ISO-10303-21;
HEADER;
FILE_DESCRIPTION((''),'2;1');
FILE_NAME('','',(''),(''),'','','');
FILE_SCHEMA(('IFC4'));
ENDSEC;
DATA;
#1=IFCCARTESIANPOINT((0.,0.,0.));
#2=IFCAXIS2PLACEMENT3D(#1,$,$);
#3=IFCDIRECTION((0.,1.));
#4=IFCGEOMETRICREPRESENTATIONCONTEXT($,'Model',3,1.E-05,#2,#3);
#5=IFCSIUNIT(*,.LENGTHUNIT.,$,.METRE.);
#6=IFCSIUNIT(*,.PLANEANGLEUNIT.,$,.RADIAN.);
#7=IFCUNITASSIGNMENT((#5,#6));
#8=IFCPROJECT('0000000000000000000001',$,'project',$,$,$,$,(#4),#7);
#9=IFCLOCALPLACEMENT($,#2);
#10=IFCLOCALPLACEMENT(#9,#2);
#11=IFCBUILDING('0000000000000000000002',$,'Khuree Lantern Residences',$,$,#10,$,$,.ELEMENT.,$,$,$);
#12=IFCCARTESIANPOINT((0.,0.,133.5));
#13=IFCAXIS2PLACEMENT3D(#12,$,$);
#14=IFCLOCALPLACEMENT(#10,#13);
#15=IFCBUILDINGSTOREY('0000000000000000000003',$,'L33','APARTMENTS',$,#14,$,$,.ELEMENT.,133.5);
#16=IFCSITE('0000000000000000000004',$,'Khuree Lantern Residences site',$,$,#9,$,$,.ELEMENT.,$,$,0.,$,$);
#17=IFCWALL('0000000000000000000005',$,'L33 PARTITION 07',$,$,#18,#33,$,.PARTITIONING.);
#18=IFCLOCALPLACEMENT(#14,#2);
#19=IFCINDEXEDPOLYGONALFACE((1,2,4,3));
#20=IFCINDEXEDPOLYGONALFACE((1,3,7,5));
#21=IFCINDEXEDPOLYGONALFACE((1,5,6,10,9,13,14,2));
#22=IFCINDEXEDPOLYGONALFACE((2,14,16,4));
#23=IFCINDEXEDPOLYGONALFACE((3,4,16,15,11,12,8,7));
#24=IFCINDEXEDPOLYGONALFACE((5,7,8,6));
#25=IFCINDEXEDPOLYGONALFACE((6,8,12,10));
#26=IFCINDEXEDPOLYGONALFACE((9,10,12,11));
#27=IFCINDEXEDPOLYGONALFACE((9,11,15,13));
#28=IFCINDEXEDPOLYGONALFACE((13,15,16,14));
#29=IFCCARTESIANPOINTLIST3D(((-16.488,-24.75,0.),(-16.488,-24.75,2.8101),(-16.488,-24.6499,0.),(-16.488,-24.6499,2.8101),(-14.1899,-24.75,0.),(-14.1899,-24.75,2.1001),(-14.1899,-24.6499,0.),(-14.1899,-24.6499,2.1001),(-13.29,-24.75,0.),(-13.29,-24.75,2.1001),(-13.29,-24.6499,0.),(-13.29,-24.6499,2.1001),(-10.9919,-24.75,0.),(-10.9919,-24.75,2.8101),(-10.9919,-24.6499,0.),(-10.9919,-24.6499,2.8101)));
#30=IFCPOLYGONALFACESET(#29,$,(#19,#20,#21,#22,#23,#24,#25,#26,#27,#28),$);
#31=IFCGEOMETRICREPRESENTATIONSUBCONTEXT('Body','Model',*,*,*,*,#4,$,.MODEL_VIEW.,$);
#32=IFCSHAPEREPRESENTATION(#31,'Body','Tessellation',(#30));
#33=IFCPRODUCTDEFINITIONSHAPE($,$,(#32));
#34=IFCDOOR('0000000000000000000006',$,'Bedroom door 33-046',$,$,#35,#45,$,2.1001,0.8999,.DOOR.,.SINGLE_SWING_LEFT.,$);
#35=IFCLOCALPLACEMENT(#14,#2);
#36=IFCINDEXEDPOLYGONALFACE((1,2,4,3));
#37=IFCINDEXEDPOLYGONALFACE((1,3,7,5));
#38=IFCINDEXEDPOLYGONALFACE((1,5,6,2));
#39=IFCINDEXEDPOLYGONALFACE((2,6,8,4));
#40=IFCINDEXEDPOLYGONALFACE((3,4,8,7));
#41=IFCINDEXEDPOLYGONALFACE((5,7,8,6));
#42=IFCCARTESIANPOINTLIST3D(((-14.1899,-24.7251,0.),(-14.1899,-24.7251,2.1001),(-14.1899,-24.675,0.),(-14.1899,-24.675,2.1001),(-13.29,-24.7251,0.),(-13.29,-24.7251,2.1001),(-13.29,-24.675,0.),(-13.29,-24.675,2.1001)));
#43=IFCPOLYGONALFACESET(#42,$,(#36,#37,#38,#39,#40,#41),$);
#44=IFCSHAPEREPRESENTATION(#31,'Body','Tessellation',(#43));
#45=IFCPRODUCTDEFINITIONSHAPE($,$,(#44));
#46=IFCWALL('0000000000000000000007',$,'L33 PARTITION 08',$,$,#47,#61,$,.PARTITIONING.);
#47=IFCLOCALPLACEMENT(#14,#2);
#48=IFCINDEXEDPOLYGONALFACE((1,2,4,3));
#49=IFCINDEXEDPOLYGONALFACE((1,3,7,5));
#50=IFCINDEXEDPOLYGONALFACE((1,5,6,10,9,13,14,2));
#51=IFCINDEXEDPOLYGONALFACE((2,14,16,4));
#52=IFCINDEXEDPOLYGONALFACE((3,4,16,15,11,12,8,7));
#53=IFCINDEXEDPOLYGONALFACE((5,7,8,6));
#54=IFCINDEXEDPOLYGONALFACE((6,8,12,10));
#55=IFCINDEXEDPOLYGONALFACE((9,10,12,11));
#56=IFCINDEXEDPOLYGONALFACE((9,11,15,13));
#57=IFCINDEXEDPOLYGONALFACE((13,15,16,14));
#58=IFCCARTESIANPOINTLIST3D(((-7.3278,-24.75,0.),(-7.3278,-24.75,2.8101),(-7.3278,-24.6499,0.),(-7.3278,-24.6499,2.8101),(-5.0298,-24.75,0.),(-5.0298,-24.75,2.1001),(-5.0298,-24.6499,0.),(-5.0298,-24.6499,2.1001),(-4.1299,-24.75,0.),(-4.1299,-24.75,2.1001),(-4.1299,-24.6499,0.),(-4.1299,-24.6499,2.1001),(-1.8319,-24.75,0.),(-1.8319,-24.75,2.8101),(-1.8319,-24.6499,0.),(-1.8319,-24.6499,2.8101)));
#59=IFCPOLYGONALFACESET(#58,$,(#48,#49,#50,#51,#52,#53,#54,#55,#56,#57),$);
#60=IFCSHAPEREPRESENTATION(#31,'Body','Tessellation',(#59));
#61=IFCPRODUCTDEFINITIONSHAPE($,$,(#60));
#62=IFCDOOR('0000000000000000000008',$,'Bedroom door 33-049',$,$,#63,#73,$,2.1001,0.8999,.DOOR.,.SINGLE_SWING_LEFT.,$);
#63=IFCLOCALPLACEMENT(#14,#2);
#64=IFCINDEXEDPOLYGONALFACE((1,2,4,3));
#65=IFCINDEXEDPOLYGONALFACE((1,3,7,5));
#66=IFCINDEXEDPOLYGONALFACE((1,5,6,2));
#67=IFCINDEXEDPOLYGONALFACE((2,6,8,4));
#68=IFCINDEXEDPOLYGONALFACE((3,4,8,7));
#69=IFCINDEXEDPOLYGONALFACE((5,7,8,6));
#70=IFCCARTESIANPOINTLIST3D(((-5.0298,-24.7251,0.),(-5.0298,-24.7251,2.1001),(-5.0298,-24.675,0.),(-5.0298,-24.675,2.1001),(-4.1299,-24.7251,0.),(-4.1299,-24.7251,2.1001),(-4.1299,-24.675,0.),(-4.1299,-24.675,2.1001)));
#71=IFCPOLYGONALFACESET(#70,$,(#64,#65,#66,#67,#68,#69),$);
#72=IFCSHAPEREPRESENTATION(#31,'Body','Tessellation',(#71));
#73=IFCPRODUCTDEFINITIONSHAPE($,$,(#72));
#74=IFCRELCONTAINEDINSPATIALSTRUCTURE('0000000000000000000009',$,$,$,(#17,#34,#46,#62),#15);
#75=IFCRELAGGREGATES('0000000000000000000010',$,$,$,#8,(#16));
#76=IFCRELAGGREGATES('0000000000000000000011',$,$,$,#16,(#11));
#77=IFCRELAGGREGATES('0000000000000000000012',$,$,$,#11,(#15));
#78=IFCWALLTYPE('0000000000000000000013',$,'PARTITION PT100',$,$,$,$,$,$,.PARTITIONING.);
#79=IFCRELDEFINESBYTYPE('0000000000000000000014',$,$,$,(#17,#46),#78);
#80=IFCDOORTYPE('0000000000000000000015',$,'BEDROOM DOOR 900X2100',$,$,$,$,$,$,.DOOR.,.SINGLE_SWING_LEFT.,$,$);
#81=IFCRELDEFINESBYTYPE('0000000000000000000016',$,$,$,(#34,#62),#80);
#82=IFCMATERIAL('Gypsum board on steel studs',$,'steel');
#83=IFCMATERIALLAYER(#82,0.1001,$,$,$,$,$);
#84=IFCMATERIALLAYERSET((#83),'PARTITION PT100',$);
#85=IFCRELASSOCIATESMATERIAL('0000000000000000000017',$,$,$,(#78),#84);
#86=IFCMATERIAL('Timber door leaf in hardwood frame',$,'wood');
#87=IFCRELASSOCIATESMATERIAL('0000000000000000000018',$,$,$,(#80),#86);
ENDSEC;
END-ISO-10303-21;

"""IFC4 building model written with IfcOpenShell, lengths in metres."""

from ifc_helpers import new_model, si_unit, direction, frame, frame_2d, origin, place, context, subcontext, project, spatial, rectangle, extrude, material, layer, layer_set, type_object, element, fill, save


model = new_model("IFC4")

# Units and contexts
model_context = context("Model", 3, precision=1e-05, world=origin(), true_north=direction((0.0, 1.0)))
body_context = subcontext(model_context, "Body", "Model", "MODEL_VIEW")
ifc_project = project(units=[si_unit("LENGTHUNIT", "METRE"), si_unit("PLANEANGLEUNIT", "RADIAN")], contexts=[model_context])

# Site, building, storey
site_placement = place(None, origin())
site = spatial("IfcSite", under=ifc_project, at=site_placement, Name="Khuree Lantern Residences site", CompositionType="ELEMENT", RefElevation=0.0)
building_placement = place(site_placement, origin())
building = spatial("IfcBuilding", under=site, at=building_placement, Name="Khuree Lantern Residences", CompositionType="ELEMENT")
storey_placement = place(building_placement, frame((0.0, 0.0, 133.5)))
storey = spatial("IfcBuildingStorey", under=building, at=storey_placement, Name="L33", Description="APARTMENTS", CompositionType="ELEMENT", Elevation=133.5)

# Shared definitions
ifc_material_1 = material(Name="Timber door leaf in hardwood frame", Category="wood")

# Shared definitions
ifc_material_2 = material(Name="Gypsum board on steel studs", Category="steel")
ifc_layer_1 = layer(ifc_material_2, 0.1001)
ifc_layer_set_1 = layer_set([ifc_layer_1], Name="PARTITION PT100")
wall_type_1 = type_object("IfcWallType", Name="PARTITION PT100", PredefinedType="PARTITIONING", material=ifc_layer_set_1)

# Walls, openings, doors
wall_1_placement = place(storey_placement, frame((-16.488, -24.7, 0.0), z_axis=(0.0, 0.0, 1.0), x_axis=(1.0, 0.0, 0.0)))
wall_1 = element("IfcWall", 1, at=wall_1_placement, inside=storey, type_object=wall_type_1, Name="L33 PARTITION 07", PredefinedType="PARTITIONING", context=body_context, shape_type="SweptSolid", body=[
    extrude(rectangle(XDim=5.4961, YDim=0.1001, at=frame_2d((2.748, 0.0))), origin(), (0.0, 0.0, 1.0), 2.8101),
])
opening_1_placement = place(wall_1_placement, frame((2.2981, 0.0, 0.0)))
opening_1 = element("IfcOpeningElement", 2, at=opening_1_placement, cuts=wall_1, PredefinedType="OPENING", context=body_context, shape_type="SweptSolid", body=[
    extrude(rectangle(XDim=0.8999, YDim=2.1001, at=frame_2d((0.45, 1.05))), frame((0.0, 0.0601, 0.0), z_axis=(0.0, -1.0, 0.0), x_axis=(1.0, 0.0, 0.0)), (0.0, 0.0, 1.0), 0.1201),
])
door_type_1 = type_object("IfcDoorType", Name="BEDROOM DOOR 900X2100", OperationType="SINGLE_SWING_LEFT", PredefinedType="DOOR", material=ifc_material_1)
door_1_placement = place(opening_1_placement, origin())
door_1 = element("IfcDoor", 3, at=door_1_placement, inside=storey, type_object=door_type_1, Name="Bedroom door 33-046", OperationType="SINGLE_SWING_LEFT", OverallHeight=2.1001, OverallWidth=0.8999, PredefinedType="DOOR", context=body_context, shape_type="SweptSolid", body=[
    extrude(rectangle(XDim=0.8999, YDim=2.1001, at=frame_2d((0.45, 1.05))), frame((0.0, 0.0249, 0.0), z_axis=(0.0, -1.0, 0.0), x_axis=(1.0, 0.0, 0.0)), (0.0, 0.0, 1.0), 0.05),
])
fill(opening_1, door_1)
wall_2_placement = place(storey_placement, frame((-7.3279, -24.7, 0.0), z_axis=(0.0, 0.0, 1.0), x_axis=(1.0, 0.0, 0.0)))
wall_2 = element("IfcWall", 4, at=wall_2_placement, inside=storey, type_object=wall_type_1, Name="L33 PARTITION 08", PredefinedType="PARTITIONING", context=body_context, shape_type="SweptSolid", body=[
    extrude(rectangle(XDim=5.4958, YDim=0.1001, at=frame_2d((2.748, 0.0))), origin(), (0.0, 0.0, 1.0), 2.8101),
])
opening_2_placement = place(wall_2_placement, frame((2.2981, 0.0, 0.0)))
opening_2 = element("IfcOpeningElement", 5, at=opening_2_placement, cuts=wall_2, PredefinedType="OPENING", context=body_context, shape_type="SweptSolid", body=[
    extrude(rectangle(XDim=0.8999, YDim=2.1001, at=frame_2d((0.45, 1.05))), frame((0.0, 0.0601, 0.0), z_axis=(0.0, -1.0, 0.0), x_axis=(1.0, 0.0, 0.0)), (0.0, 0.0, 1.0), 0.1201),
])
door_2_placement = place(opening_2_placement, origin())
door_2 = element("IfcDoor", 6, at=door_2_placement, inside=storey, type_object=door_type_1, Name="Bedroom door 33-049", OperationType="SINGLE_SWING_LEFT", OverallHeight=2.1001, OverallWidth=0.8999, PredefinedType="DOOR", context=body_context, shape_type="SweptSolid", body=[
    extrude(rectangle(XDim=0.8999, YDim=2.1001, at=frame_2d((0.45, 1.05))), frame((0.0, 0.0249, 0.0), z_axis=(0.0, -1.0, 0.0), x_axis=(1.0, 0.0, 0.0)), (0.0, 0.0, 1.0), 0.05),
])
fill(opening_2, door_2)

save(model, "model.ifc")
